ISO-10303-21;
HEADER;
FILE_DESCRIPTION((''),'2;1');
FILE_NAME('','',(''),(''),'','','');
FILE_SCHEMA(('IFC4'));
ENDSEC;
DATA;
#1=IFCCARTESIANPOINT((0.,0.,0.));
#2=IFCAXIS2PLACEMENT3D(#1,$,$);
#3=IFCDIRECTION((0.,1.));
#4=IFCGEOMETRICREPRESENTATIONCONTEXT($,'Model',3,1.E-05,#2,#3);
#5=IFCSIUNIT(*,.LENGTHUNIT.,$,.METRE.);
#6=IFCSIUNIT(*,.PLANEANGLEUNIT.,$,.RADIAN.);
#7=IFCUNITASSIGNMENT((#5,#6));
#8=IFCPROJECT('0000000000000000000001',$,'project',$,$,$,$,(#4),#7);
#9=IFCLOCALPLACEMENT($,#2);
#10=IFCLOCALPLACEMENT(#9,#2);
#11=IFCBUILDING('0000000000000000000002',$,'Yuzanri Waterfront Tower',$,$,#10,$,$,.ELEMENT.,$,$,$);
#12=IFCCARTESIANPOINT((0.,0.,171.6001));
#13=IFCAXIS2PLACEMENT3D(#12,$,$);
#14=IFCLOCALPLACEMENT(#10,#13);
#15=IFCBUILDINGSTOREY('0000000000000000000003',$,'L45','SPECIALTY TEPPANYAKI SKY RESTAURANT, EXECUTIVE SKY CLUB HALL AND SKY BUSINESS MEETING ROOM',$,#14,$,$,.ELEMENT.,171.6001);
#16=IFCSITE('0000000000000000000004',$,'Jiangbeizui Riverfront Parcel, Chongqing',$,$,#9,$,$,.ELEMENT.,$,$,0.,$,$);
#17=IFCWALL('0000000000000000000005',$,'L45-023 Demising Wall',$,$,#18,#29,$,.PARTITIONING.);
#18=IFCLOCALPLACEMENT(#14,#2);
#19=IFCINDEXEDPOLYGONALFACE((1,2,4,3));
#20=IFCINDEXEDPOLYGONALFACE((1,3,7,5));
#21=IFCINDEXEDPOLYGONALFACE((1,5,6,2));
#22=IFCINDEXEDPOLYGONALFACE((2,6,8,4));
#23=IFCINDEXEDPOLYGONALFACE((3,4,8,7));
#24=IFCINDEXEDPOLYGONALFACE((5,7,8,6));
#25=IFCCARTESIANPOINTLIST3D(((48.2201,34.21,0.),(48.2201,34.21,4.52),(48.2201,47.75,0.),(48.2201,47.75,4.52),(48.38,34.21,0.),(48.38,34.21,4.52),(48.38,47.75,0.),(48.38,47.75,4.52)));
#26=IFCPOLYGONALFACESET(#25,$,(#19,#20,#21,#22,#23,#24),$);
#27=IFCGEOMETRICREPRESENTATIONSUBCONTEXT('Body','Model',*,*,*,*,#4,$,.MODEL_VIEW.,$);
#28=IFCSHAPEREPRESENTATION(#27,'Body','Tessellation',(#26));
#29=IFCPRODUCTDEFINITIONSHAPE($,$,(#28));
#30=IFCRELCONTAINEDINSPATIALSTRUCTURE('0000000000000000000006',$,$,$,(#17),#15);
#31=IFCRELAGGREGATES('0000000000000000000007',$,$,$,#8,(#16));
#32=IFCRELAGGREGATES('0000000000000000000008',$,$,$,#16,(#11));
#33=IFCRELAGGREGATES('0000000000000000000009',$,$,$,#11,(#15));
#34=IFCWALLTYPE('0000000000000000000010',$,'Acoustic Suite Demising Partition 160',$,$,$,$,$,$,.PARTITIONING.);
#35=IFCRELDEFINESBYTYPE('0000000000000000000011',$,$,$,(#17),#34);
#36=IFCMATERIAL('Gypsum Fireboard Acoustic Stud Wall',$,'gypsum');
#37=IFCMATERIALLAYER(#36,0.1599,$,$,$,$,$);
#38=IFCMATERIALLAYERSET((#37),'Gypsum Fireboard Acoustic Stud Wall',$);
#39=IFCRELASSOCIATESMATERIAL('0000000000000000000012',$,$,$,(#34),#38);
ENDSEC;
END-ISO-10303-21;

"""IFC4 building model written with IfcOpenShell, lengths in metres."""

from ifc_helpers import new_model, si_unit, direction, frame, frame_2d, origin, place, context, subcontext, project, spatial, rectangle, extrude, source, transform, mapped, material, layer, layer_set, type_object, element, save


model = new_model("IFC4")

# Units and contexts
model_context = context("Model", 3, precision=1e-05, world=origin(), true_north=direction((0.0, 1.0)))
body_context = subcontext(model_context, "Body", "Model", "MODEL_VIEW")
ifc_project = project(units=[si_unit("LENGTHUNIT", "METRE"), si_unit("PLANEANGLEUNIT", "RADIAN")], contexts=[model_context])

# Site, building, storey
site_placement = place(None, origin())
site = spatial("IfcSite", under=ifc_project, at=site_placement, Name="Jiangbeizui Riverfront Parcel, Chongqing", CompositionType="ELEMENT", RefElevation=0.0)
building_placement = place(site_placement, origin())
building = spatial("IfcBuilding", under=site, at=building_placement, Name="Yuzanri Waterfront Tower", CompositionType="ELEMENT")
storey_placement = place(building_placement, frame((0.0, 0.0, 171.6001)))
storey = spatial("IfcBuildingStorey", under=building, at=storey_placement, Name="L45", Description="SPECIALTY TEPPANYAKI SKY RESTAURANT, EXECUTIVE SKY CLUB HALL AND SKY BUSINESS MEETING ROOM", CompositionType="ELEMENT", Elevation=171.6001)

# Wall
ifc_material_1 = material(Name="Gypsum Fireboard Acoustic Stud Wall", Category="gypsum")
ifc_layer_1 = layer(ifc_material_1, 0.1599)
ifc_layer_set_1 = layer_set([ifc_layer_1], Name="Gypsum Fireboard Acoustic Stud Wall")
wall_type_1 = type_object("IfcWallType", Name="Acoustic Suite Demising Partition 160", PredefinedType="PARTITIONING", material=ifc_layer_set_1)
shared_shape_1 = source(origin(), body_context, "Body", "SweptSolid", [
    extrude(rectangle(XDim=13.54, YDim=0.1599, at=frame_2d((6.77, 0.0))), origin(), (0.0, 0.0, 1.0), 4.52),
])
for number, where, z_axis, x_axis, name in (
    (1, (48.3, 34.21, 0.0), (0.0, 0.0, 1.0), (0.0, 1.0, 0.0), "L45-023 Demising Wall"),
):
    element("IfcWall", number, at=place(storey_placement, frame(where, z_axis=z_axis, x_axis=x_axis)), inside=storey, type_object=wall_type_1, Name=name, PredefinedType="PARTITIONING", context=body_context, shape_type="MappedRepresentation", body=[
        mapped(shared_shape_1, transform((0.0, 0.0, 0.0), scale=1.0)),
    ])

save(model, "model.ifc")
